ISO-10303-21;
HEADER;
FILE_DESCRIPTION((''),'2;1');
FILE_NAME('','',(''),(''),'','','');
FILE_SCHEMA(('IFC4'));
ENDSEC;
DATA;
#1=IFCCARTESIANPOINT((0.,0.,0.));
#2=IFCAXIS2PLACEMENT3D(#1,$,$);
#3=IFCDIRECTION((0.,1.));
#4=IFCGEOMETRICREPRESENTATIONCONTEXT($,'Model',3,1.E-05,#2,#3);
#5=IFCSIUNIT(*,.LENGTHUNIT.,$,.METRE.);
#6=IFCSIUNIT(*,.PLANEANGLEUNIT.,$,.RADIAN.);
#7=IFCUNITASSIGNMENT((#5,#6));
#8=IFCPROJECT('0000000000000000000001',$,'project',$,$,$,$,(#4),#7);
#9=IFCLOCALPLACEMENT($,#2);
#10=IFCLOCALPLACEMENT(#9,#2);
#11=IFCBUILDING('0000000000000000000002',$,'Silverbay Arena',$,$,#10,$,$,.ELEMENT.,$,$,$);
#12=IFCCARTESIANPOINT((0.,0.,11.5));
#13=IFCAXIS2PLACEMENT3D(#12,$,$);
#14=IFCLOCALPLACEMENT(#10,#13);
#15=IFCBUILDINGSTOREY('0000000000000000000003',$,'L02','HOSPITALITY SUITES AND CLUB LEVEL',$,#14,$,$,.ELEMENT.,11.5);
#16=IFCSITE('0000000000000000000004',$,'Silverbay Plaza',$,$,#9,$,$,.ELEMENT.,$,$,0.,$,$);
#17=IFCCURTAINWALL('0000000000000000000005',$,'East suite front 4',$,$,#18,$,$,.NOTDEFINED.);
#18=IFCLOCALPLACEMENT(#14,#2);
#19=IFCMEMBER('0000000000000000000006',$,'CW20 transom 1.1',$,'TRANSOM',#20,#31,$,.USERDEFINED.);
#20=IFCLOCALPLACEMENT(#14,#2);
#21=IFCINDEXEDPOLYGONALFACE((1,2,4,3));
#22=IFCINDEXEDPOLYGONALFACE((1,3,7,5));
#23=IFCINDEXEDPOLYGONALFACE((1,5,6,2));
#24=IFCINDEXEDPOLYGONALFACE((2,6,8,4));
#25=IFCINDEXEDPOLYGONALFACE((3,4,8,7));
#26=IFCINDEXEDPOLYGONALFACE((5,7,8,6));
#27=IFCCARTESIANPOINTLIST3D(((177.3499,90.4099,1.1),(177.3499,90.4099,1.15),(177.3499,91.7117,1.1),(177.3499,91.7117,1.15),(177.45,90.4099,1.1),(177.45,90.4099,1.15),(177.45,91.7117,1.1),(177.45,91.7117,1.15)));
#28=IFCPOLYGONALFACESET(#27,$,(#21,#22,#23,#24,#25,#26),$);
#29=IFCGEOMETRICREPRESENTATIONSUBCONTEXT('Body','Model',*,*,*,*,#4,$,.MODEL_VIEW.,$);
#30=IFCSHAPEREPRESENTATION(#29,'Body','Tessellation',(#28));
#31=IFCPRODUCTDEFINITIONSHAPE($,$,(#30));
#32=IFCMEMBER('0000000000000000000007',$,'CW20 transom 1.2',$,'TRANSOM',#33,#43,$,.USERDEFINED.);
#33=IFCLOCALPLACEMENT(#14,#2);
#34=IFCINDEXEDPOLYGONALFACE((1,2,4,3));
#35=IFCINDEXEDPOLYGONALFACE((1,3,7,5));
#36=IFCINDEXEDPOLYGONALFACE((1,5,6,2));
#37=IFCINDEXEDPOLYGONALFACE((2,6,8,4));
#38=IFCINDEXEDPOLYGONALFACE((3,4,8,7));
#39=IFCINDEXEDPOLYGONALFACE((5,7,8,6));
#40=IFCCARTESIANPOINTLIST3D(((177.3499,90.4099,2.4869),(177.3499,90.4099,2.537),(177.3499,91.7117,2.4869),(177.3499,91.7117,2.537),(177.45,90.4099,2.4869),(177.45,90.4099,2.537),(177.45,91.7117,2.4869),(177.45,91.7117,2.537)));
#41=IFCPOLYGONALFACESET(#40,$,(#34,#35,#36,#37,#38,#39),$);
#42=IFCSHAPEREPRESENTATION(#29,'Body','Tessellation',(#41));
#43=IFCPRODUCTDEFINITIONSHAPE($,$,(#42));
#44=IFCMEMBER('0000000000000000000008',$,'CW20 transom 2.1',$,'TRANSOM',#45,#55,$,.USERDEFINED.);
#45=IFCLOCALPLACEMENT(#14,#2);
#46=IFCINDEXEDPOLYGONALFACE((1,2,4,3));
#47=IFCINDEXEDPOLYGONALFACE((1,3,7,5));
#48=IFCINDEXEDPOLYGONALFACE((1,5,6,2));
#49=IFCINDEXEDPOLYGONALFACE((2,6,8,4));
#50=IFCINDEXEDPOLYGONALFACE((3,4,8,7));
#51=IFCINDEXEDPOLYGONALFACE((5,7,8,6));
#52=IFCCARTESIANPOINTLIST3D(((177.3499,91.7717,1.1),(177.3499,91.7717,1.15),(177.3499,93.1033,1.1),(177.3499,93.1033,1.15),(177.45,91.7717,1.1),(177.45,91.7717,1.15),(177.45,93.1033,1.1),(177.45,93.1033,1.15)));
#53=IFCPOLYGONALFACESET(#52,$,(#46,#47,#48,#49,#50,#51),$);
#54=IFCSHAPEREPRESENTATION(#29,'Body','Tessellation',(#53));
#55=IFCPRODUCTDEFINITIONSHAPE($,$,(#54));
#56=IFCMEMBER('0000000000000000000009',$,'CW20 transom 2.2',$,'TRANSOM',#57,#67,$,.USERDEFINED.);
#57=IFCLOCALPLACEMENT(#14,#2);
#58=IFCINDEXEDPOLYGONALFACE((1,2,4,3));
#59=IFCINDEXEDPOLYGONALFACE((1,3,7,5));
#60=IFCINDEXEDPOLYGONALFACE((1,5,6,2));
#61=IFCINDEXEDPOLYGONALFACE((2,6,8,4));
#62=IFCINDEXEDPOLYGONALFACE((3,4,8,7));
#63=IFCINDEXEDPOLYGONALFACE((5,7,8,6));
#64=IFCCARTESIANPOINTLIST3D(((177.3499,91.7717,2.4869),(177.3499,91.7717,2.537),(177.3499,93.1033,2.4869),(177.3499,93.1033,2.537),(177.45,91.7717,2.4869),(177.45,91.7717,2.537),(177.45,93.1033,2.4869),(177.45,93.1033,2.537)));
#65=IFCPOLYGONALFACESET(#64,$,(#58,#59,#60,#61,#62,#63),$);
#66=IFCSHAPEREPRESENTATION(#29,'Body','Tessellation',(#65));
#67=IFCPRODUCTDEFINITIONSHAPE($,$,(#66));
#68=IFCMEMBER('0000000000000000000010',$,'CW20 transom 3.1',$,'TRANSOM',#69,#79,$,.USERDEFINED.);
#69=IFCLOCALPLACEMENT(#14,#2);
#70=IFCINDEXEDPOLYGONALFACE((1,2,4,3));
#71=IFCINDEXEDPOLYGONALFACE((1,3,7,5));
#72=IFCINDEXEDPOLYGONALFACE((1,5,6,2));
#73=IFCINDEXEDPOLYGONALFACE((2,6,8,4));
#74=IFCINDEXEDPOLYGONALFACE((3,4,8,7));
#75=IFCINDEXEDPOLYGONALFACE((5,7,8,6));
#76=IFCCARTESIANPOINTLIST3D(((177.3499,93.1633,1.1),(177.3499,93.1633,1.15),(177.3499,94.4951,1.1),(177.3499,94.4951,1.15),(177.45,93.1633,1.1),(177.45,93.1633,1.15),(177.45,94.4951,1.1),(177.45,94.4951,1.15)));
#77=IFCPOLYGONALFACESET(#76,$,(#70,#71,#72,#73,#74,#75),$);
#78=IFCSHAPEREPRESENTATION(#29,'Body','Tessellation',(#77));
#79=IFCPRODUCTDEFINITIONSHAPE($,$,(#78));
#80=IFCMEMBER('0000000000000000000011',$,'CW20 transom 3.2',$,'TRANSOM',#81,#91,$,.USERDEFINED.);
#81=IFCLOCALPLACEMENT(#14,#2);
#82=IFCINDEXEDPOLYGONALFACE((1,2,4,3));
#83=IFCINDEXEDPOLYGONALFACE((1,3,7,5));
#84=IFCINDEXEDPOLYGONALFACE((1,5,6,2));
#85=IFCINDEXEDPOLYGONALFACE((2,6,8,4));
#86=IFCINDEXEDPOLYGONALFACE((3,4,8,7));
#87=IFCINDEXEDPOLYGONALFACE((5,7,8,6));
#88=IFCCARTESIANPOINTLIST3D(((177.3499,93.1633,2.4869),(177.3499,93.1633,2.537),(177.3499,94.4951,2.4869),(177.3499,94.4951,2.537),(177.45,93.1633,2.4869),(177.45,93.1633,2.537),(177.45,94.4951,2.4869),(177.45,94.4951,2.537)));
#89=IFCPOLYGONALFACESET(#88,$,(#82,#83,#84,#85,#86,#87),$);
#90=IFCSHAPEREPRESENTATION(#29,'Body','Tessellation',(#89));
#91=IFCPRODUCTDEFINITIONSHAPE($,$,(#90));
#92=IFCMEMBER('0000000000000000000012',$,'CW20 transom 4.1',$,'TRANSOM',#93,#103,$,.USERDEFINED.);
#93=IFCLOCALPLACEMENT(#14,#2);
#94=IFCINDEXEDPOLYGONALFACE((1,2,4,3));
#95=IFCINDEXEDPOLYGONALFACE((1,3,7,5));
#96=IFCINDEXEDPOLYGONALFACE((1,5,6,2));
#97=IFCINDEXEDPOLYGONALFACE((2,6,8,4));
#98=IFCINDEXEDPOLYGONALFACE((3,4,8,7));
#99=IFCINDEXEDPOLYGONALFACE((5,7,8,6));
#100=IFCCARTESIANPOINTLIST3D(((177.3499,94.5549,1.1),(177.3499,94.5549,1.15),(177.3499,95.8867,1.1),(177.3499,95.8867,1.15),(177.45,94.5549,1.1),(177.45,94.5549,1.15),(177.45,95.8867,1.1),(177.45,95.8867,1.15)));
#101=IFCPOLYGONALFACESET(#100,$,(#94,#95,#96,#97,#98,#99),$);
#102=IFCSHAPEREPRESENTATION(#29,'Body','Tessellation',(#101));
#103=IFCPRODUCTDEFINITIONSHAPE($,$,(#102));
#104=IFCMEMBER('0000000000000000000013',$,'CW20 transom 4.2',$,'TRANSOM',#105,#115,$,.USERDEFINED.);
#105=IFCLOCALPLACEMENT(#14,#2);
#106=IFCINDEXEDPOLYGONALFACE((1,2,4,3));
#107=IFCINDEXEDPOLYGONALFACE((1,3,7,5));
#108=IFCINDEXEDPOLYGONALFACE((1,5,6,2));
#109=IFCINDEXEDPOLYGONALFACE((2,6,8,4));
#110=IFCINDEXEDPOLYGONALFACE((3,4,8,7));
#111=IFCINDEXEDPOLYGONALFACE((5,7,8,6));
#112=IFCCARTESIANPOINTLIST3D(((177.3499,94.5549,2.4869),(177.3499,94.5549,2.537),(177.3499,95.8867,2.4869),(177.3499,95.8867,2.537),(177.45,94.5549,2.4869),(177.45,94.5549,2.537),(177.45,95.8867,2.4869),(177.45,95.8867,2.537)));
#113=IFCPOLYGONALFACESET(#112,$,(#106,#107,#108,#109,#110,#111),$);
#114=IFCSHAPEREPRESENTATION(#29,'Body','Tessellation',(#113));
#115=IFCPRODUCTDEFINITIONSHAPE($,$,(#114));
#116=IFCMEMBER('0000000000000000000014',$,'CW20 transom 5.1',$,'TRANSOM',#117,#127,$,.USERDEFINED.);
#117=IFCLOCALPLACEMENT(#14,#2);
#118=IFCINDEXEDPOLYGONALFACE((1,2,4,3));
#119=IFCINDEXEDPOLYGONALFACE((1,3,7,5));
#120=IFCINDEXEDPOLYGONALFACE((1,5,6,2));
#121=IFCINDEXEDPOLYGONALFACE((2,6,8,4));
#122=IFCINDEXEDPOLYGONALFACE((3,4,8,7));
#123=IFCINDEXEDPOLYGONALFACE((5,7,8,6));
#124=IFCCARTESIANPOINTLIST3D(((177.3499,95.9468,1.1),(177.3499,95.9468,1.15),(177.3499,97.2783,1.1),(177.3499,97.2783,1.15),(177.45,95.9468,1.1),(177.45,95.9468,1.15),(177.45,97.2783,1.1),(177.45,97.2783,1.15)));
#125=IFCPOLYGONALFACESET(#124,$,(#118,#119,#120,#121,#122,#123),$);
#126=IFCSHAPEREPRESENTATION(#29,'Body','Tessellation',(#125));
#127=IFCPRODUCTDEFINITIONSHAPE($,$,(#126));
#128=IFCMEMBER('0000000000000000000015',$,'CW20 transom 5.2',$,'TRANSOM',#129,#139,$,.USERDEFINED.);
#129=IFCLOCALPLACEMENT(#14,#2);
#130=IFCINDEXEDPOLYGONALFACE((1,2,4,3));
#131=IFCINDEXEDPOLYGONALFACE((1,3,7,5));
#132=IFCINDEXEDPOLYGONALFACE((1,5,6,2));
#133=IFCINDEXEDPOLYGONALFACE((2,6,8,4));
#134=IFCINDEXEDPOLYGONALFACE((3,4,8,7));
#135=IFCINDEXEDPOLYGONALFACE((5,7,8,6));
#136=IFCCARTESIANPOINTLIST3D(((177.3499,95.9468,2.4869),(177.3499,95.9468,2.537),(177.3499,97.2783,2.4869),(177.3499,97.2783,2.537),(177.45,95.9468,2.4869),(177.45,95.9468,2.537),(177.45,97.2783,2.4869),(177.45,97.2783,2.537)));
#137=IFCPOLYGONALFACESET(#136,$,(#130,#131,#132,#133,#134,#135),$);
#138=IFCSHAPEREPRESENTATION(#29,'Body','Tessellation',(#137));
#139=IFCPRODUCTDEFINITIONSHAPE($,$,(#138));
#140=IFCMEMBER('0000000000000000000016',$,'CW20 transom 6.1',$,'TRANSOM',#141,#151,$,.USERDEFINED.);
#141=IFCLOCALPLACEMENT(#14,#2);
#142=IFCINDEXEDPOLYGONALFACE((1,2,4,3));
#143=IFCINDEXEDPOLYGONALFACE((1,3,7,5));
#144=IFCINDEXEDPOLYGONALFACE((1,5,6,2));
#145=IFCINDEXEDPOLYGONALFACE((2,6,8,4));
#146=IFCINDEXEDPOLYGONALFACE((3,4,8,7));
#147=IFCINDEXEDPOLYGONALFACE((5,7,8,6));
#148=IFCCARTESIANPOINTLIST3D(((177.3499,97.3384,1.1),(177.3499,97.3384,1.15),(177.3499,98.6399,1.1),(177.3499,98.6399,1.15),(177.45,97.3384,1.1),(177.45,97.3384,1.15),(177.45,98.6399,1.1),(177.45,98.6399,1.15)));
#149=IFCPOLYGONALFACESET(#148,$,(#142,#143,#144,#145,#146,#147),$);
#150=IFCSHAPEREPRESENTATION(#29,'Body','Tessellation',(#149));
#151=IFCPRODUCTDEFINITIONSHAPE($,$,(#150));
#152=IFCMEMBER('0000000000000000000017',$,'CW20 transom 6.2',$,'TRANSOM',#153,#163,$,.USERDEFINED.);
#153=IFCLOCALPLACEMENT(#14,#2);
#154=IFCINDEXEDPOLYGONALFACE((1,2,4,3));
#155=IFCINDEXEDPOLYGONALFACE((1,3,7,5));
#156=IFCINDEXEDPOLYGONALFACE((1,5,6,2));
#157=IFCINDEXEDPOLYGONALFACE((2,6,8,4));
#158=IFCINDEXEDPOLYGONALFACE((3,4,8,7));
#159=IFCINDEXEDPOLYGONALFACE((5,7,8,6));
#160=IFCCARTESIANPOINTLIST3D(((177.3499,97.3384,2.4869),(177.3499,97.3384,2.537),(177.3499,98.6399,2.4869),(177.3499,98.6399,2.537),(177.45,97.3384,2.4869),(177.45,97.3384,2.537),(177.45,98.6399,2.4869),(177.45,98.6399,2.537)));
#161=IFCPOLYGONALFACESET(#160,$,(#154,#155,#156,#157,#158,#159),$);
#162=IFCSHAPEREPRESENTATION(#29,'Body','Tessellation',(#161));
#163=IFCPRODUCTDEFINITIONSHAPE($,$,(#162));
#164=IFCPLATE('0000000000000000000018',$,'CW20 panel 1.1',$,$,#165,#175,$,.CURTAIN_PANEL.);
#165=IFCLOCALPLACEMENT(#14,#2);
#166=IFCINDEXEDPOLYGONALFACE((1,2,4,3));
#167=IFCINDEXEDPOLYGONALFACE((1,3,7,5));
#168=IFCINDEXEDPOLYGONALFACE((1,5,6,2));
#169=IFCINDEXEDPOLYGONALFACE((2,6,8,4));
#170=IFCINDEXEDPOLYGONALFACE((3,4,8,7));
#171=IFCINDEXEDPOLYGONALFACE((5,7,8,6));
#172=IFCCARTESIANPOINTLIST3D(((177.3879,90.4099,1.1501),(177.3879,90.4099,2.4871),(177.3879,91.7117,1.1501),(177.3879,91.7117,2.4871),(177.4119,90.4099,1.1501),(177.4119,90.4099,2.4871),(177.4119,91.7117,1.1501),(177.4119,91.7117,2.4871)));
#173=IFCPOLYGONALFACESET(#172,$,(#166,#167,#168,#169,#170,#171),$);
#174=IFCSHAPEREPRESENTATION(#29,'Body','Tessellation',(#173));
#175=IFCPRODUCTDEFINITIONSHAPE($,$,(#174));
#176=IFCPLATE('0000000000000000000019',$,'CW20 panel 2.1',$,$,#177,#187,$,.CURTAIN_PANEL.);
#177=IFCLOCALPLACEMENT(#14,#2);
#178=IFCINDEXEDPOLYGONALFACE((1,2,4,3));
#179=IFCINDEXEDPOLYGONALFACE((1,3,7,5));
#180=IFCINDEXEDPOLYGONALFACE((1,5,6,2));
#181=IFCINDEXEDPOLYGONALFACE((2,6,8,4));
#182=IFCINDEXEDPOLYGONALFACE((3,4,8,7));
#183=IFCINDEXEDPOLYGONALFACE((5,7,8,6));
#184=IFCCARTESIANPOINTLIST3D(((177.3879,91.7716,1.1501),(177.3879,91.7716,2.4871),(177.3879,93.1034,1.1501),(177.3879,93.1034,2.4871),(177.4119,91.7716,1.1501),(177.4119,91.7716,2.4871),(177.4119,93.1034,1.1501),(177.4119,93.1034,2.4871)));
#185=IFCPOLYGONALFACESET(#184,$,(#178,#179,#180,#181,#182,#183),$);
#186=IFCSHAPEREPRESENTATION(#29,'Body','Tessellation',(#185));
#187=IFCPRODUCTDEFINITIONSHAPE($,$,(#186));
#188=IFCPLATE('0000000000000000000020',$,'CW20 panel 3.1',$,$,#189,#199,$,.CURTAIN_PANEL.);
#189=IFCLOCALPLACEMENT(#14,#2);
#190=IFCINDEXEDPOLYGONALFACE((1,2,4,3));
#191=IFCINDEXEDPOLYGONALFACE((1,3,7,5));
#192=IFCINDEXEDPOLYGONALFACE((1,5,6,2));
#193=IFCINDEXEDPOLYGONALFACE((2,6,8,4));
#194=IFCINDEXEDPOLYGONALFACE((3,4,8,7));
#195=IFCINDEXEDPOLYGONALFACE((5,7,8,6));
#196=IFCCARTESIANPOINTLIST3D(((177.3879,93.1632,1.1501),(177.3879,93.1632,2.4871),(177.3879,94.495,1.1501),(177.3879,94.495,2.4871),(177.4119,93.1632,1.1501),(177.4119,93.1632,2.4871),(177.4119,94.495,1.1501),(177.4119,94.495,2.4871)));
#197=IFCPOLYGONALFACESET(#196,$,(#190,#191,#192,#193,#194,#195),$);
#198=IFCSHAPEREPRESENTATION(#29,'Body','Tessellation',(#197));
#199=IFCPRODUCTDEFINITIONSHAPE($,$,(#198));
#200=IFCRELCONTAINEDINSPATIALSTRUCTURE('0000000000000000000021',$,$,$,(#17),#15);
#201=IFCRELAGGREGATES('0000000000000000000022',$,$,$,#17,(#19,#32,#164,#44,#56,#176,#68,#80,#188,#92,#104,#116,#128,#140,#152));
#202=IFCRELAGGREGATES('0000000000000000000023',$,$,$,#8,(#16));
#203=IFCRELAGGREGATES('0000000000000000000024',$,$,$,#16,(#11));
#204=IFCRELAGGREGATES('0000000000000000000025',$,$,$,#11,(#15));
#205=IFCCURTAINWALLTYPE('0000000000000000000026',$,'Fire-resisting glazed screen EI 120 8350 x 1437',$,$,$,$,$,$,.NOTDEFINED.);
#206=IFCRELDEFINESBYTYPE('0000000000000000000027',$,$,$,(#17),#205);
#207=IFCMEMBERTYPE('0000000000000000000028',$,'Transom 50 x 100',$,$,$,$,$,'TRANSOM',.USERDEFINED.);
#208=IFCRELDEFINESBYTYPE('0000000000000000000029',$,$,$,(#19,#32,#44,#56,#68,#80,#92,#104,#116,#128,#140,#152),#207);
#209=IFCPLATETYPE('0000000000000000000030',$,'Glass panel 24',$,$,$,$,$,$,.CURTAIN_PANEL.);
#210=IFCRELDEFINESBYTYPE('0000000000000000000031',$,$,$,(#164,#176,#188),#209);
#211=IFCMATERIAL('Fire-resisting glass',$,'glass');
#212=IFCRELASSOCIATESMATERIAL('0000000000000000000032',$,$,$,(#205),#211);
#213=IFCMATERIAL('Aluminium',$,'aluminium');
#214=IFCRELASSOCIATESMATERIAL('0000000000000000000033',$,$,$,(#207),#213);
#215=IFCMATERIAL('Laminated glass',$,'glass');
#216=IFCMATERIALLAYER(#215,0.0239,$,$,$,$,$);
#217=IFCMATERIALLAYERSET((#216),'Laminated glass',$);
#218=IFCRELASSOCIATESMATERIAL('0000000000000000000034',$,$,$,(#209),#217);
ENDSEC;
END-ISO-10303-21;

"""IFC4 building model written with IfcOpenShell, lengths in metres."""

from ifc_helpers import new_model, si_unit, direction, frame, origin, origin_2d, place, context, subcontext, project, spatial, rectangle, extrude, material, layer, layer_set, material_profile, profile_set, type_object, element, aggregate, save


model = new_model("IFC4")

# Units and contexts
model_context = context("Model", 3, precision=1e-05, world=origin(), true_north=direction((0.0, 1.0)))
body_context = subcontext(model_context, "Body", "Model", "MODEL_VIEW")
ifc_project = project(units=[si_unit("LENGTHUNIT", "METRE"), si_unit("PLANEANGLEUNIT", "RADIAN")], contexts=[model_context])

# Site, building, storey
site_placement = place(None, origin())
site = spatial("IfcSite", under=ifc_project, at=site_placement, Name="Silverbay Plaza", CompositionType="ELEMENT", RefElevation=0.0)
building_placement = place(site_placement, origin())
building = spatial("IfcBuilding", under=site, at=building_placement, Name="Silverbay Arena", CompositionType="ELEMENT")
storey_placement = place(building_placement, frame((0.0, 0.0, 11.5)))
storey = spatial("IfcBuildingStorey", under=building, at=storey_placement, Name="L02", Description="HOSPITALITY SUITES AND CLUB LEVEL", CompositionType="ELEMENT", Elevation=11.5)

# Curtain wall
ifc_material_1 = material(Name="Fire-resisting glass", Category="glass")
curtain_wall_type = type_object("IfcCurtainWallType", Name="Fire-resisting glazed screen EI 120 8350 x 1437", PredefinedType="NOTDEFINED", material=ifc_material_1)
curtain_wall_placement = place(storey_placement, origin())
curtain_wall = element("IfcCurtainWall", 1, at=curtain_wall_placement, inside=storey, type_object=curtain_wall_type, Name="East suite front 4", PredefinedType="NOTDEFINED")

# Members
ifc_material_2 = material(Name="Aluminium", Category="aluminium")
ifc_material_profile_1 = material_profile(ifc_material_2, rectangle(XDim=0.1001, YDim=0.05, at=origin_2d()), Name="Transom 50 x 100")
ifc_profile_set_1 = profile_set([ifc_material_profile_1], Name="Aluminium")
member_type_1 = type_object("IfcMemberType", Name="Transom 50 x 100", ElementType="TRANSOM", PredefinedType="USERDEFINED", material=ifc_profile_set_1)
member_1_placement = place(storey_placement, frame((177.3999, 90.4099, 1.125), z_axis=(0.0, 1.0, 0.0), x_axis=(-1.0, 0.0, 0.0)))
member_1 = element("IfcMember", 2, at=member_1_placement, type_object=member_type_1, Name="CW20 transom 1.1", ObjectType="TRANSOM", PredefinedType="USERDEFINED", context=body_context, shape_type="SweptSolid", body=[
    extrude(rectangle(XDim=0.1001, YDim=0.05, at=origin_2d()), origin(), (0.0, 0.0, 1.0), 1.3018),
])
member_2_placement = place(storey_placement, frame((177.3999, 90.4099, 2.512), z_axis=(0.0, 1.0, 0.0), x_axis=(-1.0, 0.0, 0.0)))
member_2 = element("IfcMember", 3, at=member_2_placement, type_object=member_type_1, Name="CW20 transom 1.2", ObjectType="TRANSOM", PredefinedType="USERDEFINED", context=body_context, shape_type="SweptSolid", body=[
    extrude(rectangle(XDim=0.1001, YDim=0.05, at=origin_2d()), origin(), (0.0, 0.0, 1.0), 1.3018),
])
member_3_placement = place(storey_placement, frame((177.3999, 91.7717, 1.125), z_axis=(0.0, 1.0, 0.0), x_axis=(-1.0, 0.0, 0.0)))
member_3 = element("IfcMember", 4, at=member_3_placement, type_object=member_type_1, Name="CW20 transom 2.1", ObjectType="TRANSOM", PredefinedType="USERDEFINED", context=body_context, shape_type="SweptSolid", body=[
    extrude(rectangle(XDim=0.1001, YDim=0.05, at=origin_2d()), origin(), (0.0, 0.0, 1.0), 1.3315),
])
member_4_placement = place(storey_placement, frame((177.3999, 91.7717, 2.512), z_axis=(0.0, 1.0, 0.0), x_axis=(-1.0, 0.0, 0.0)))
member_4 = element("IfcMember", 5, at=member_4_placement, type_object=member_type_1, Name="CW20 transom 2.2", ObjectType="TRANSOM", PredefinedType="USERDEFINED", context=body_context, shape_type="SweptSolid", body=[
    extrude(rectangle(XDim=0.1001, YDim=0.05, at=origin_2d()), origin(), (0.0, 0.0, 1.0), 1.3315),
])
member_5_placement = place(storey_placement, frame((177.3999, 93.1633, 1.125), z_axis=(0.0, 1.0, 0.0), x_axis=(-1.0, 0.0, 0.0)))
member_5 = element("IfcMember", 6, at=member_5_placement, type_object=member_type_1, Name="CW20 transom 3.1", ObjectType="TRANSOM", PredefinedType="USERDEFINED", context=body_context, shape_type="SweptSolid", body=[
    extrude(rectangle(XDim=0.1001, YDim=0.05, at=origin_2d()), origin(), (0.0, 0.0, 1.0), 1.3318),
])
member_6_placement = place(storey_placement, frame((177.3999, 93.1633, 2.512), z_axis=(0.0, 1.0, 0.0), x_axis=(-1.0, 0.0, 0.0)))
member_6 = element("IfcMember", 7, at=member_6_placement, type_object=member_type_1, Name="CW20 transom 3.2", ObjectType="TRANSOM", PredefinedType="USERDEFINED", context=body_context, shape_type="SweptSolid", body=[
    extrude(rectangle(XDim=0.1001, YDim=0.05, at=origin_2d()), origin(), (0.0, 0.0, 1.0), 1.3318),
])
member_7_placement = place(storey_placement, frame((177.3999, 94.5549, 1.125), z_axis=(0.0, 1.0, 0.0), x_axis=(-1.0, 0.0, 0.0)))
member_7 = element("IfcMember", 8, at=member_7_placement, type_object=member_type_1, Name="CW20 transom 4.1", ObjectType="TRANSOM", PredefinedType="USERDEFINED", context=body_context, shape_type="SweptSolid", body=[
    extrude(rectangle(XDim=0.1001, YDim=0.05, at=origin_2d()), origin(), (0.0, 0.0, 1.0), 1.3318),
])
member_8_placement = place(storey_placement, frame((177.3999, 94.5549, 2.512), z_axis=(0.0, 1.0, 0.0), x_axis=(-1.0, 0.0, 0.0)))
member_8 = element("IfcMember", 9, at=member_8_placement, type_object=member_type_1, Name="CW20 transom 4.2", ObjectType="TRANSOM", PredefinedType="USERDEFINED", context=body_context, shape_type="SweptSolid", body=[
    extrude(rectangle(XDim=0.1001, YDim=0.05, at=origin_2d()), origin(), (0.0, 0.0, 1.0), 1.3318),
])
member_9_placement = place(storey_placement, frame((177.3999, 95.9468, 1.125), z_axis=(0.0, 1.0, 0.0), x_axis=(-1.0, 0.0, 0.0)))
member_9 = element("IfcMember", 10, at=member_9_placement, type_object=member_type_1, Name="CW20 transom 5.1", ObjectType="TRANSOM", PredefinedType="USERDEFINED", context=body_context, shape_type="SweptSolid", body=[
    extrude(rectangle(XDim=0.1001, YDim=0.05, at=origin_2d()), origin(), (0.0, 0.0, 1.0), 1.3315),
])
member_10_placement = place(storey_placement, frame((177.3999, 95.9468, 2.512), z_axis=(0.0, 1.0, 0.0), x_axis=(-1.0, 0.0, 0.0)))
member_10 = element("IfcMember", 11, at=member_10_placement, type_object=member_type_1, Name="CW20 transom 5.2", ObjectType="TRANSOM", PredefinedType="USERDEFINED", context=body_context, shape_type="SweptSolid", body=[
    extrude(rectangle(XDim=0.1001, YDim=0.05, at=origin_2d()), origin(), (0.0, 0.0, 1.0), 1.3315),
])
member_11_placement = place(storey_placement, frame((177.3999, 97.3384, 1.125), z_axis=(0.0, 1.0, 0.0), x_axis=(-1.0, 0.0, 0.0)))
member_11 = element("IfcMember", 12, at=member_11_placement, type_object=member_type_1, Name="CW20 transom 6.1", ObjectType="TRANSOM", PredefinedType="USERDEFINED", context=body_context, shape_type="SweptSolid", body=[
    extrude(rectangle(XDim=0.1001, YDim=0.05, at=origin_2d()), origin(), (0.0, 0.0, 1.0), 1.3015),
])
member_12_placement = place(storey_placement, frame((177.3999, 97.3384, 2.512), z_axis=(0.0, 1.0, 0.0), x_axis=(-1.0, 0.0, 0.0)))
member_12 = element("IfcMember", 13, at=member_12_placement, type_object=member_type_1, Name="CW20 transom 6.2", ObjectType="TRANSOM", PredefinedType="USERDEFINED", context=body_context, shape_type="SweptSolid", body=[
    extrude(rectangle(XDim=0.1001, YDim=0.05, at=origin_2d()), origin(), (0.0, 0.0, 1.0), 1.3015),
])

# Plates
ifc_material_3 = material(Name="Laminated glass", Category="glass")
ifc_layer_1 = layer(ifc_material_3, 0.0239)
ifc_layer_set_1 = layer_set([ifc_layer_1], Name="Laminated glass")
plate_type = type_object("IfcPlateType", Name="Glass panel 24", PredefinedType="CURTAIN_PANEL", material=ifc_layer_set_1)
plate_1_placement = place(storey_placement, frame((177.3999, 91.0608, 1.1501), z_axis=(0.0, 0.0, 1.0), x_axis=(0.0, 1.0, 0.0)))
plate_1 = element("IfcPlate", 14, at=plate_1_placement, type_object=plate_type, Name="CW20 panel 1.1", PredefinedType="CURTAIN_PANEL", context=body_context, shape_type="SweptSolid", body=[
    extrude(rectangle(XDim=1.3018, YDim=0.0239, at=origin_2d()), origin(), (0.0, 0.0, 1.0), 1.3369),
])
plate_2_placement = place(storey_placement, frame((177.3999, 92.4375, 1.1501), z_axis=(0.0, 0.0, 1.0), x_axis=(0.0, 1.0, 0.0)))
plate_2 = element("IfcPlate", 15, at=plate_2_placement, type_object=plate_type, Name="CW20 panel 2.1", PredefinedType="CURTAIN_PANEL", context=body_context, shape_type="SweptSolid", body=[
    extrude(rectangle(XDim=1.3318, YDim=0.0239, at=origin_2d()), origin(), (0.0, 0.0, 1.0), 1.3369),
])
plate_3_placement = place(storey_placement, frame((177.3999, 93.8291, 1.1501), z_axis=(0.0, 0.0, 1.0), x_axis=(0.0, 1.0, 0.0)))
plate_3 = element("IfcPlate", 16, at=plate_3_placement, type_object=plate_type, Name="CW20 panel 3.1", PredefinedType="CURTAIN_PANEL", context=body_context, shape_type="SweptSolid", body=[
    extrude(rectangle(XDim=1.3318, YDim=0.0239, at=origin_2d()), origin(), (0.0, 0.0, 1.0), 1.3369),
])
aggregate(curtain_wall, [member_1, member_2, plate_1, member_3, member_4, plate_2, member_5, member_6, plate_3, member_7, member_8, member_9, member_10, member_11, member_12])

save(model, "model.ifc")
